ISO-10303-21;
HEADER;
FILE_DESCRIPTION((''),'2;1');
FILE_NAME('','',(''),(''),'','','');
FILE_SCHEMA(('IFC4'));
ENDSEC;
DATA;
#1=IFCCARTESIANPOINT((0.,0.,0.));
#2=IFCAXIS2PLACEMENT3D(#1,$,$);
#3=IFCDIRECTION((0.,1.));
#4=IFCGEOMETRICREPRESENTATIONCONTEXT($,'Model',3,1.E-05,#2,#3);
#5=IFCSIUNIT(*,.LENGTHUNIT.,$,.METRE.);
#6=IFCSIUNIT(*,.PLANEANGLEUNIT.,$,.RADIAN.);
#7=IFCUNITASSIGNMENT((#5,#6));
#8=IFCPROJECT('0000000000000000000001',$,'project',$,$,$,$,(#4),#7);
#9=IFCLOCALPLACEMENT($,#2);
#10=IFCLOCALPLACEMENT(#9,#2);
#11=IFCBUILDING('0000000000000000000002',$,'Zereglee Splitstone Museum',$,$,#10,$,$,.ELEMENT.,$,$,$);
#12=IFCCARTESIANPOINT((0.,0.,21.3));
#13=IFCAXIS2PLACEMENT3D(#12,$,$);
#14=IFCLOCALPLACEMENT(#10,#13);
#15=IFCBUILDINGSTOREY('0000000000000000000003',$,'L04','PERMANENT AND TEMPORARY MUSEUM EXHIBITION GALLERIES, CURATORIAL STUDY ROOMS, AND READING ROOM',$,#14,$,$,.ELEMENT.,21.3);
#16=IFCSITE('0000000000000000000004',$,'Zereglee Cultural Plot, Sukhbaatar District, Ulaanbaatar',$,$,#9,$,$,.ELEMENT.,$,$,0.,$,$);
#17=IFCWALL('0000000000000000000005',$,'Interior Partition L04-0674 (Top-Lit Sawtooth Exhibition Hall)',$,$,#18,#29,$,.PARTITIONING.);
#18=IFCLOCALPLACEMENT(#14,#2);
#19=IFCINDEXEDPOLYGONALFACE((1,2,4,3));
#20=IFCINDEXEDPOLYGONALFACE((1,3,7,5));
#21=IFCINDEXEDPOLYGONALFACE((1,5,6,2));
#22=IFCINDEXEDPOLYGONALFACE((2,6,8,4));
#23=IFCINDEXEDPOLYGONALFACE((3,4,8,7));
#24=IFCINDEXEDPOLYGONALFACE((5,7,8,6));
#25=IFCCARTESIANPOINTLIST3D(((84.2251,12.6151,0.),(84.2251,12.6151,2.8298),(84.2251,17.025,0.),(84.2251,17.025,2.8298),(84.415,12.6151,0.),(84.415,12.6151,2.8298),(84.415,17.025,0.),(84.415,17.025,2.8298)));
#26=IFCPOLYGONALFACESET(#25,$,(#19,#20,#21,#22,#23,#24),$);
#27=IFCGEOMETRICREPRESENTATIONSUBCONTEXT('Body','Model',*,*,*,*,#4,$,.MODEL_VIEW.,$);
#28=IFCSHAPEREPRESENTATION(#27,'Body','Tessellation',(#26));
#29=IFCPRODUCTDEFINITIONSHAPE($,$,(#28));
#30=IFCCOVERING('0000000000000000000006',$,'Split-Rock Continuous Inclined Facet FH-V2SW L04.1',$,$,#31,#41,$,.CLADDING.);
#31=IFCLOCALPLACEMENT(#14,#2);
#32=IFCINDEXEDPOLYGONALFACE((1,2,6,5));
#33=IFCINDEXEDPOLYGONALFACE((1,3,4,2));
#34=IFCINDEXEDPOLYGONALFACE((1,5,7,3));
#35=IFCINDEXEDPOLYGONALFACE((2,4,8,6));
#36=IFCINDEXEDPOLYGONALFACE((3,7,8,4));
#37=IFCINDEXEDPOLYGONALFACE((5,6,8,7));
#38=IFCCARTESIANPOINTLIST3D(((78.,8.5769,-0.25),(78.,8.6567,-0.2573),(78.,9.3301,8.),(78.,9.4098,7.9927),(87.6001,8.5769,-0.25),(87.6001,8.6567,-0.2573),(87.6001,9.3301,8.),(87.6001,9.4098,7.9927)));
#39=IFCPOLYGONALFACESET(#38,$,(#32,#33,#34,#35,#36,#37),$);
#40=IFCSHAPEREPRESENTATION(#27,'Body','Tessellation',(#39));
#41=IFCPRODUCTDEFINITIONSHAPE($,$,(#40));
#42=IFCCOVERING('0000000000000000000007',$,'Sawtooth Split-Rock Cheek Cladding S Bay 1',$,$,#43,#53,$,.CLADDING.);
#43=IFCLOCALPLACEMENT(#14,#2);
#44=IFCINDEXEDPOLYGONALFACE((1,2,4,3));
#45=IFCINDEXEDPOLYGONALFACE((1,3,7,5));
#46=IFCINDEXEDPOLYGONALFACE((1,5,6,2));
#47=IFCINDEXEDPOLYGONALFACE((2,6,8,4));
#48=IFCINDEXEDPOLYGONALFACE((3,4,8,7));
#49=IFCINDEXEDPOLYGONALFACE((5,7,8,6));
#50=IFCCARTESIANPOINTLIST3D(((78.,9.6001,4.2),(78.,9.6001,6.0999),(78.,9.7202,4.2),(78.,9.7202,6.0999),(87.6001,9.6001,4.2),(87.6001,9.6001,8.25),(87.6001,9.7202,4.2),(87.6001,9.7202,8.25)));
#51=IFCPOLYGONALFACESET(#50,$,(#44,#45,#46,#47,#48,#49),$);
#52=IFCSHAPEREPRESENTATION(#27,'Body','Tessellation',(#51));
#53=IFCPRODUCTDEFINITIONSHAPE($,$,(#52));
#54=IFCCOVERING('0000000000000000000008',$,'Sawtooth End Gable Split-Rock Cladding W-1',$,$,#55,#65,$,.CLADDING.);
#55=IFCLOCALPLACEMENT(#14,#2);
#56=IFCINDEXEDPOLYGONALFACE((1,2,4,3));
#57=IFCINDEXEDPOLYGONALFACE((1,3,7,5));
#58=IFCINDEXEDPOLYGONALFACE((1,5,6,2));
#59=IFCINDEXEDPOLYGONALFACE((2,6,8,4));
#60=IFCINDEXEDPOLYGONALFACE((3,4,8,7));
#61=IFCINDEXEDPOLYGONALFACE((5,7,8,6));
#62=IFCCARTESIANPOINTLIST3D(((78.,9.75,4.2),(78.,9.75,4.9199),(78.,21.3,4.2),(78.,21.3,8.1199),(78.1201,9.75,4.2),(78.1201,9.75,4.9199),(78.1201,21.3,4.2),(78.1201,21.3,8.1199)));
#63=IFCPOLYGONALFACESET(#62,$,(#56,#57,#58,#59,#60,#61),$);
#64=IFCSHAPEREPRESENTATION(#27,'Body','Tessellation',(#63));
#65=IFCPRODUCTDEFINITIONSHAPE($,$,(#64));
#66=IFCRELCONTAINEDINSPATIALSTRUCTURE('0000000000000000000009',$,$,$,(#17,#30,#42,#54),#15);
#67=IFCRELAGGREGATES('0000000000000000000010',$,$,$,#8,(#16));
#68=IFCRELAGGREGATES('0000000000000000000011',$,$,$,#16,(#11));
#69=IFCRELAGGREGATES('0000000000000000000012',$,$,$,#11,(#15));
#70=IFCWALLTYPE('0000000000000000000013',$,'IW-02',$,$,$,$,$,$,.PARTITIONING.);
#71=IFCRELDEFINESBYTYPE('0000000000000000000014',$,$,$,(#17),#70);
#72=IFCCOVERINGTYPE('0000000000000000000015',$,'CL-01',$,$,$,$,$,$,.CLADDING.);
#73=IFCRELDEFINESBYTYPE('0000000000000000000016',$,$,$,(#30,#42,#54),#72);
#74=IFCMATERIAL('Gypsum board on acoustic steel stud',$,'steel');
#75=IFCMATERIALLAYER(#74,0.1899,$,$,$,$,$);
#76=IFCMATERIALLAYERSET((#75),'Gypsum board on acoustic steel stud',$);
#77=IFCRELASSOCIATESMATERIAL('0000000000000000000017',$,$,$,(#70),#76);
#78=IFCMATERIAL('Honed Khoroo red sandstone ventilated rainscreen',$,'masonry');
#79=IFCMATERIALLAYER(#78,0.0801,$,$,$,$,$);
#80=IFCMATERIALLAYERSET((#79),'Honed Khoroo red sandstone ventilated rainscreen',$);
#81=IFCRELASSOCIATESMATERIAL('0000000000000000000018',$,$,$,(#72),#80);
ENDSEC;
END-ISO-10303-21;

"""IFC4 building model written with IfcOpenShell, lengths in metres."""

from ifc_helpers import new_model, si_unit, direction, frame, frame_2d, origin, place, context, subcontext, project, spatial, polyline, rectangle, outline, extrude, material, layer, layer_set, type_object, element, save


model = new_model("IFC4")

# Units and contexts
model_context = context("Model", 3, precision=1e-05, world=origin(), true_north=direction((0.0, 1.0)))
body_context = subcontext(model_context, "Body", "Model", "MODEL_VIEW")
ifc_project = project(units=[si_unit("LENGTHUNIT", "METRE"), si_unit("PLANEANGLEUNIT", "RADIAN")], contexts=[model_context])

# Site, building, storey
site_placement = place(None, origin())
site = spatial("IfcSite", under=ifc_project, at=site_placement, Name="Zereglee Cultural Plot, Sukhbaatar District, Ulaanbaatar", CompositionType="ELEMENT", RefElevation=0.0)
building_placement = place(site_placement, origin())
building = spatial("IfcBuilding", under=site, at=building_placement, Name="Zereglee Splitstone Museum", CompositionType="ELEMENT")
storey_placement = place(building_placement, frame((0.0, 0.0, 21.3)))
storey = spatial("IfcBuildingStorey", under=building, at=storey_placement, Name="L04", Description="PERMANENT AND TEMPORARY MUSEUM EXHIBITION GALLERIES, CURATORIAL STUDY ROOMS, AND READING ROOM", CompositionType="ELEMENT", Elevation=21.3)

# Wall
ifc_material_1 = material(Name="Gypsum board on acoustic steel stud", Category="steel")
ifc_layer_1 = layer(ifc_material_1, 0.1899)
ifc_layer_set_1 = layer_set([ifc_layer_1], Name="Gypsum board on acoustic steel stud")
wall_type = type_object("IfcWallType", Name="IW-02", PredefinedType="PARTITIONING", material=ifc_layer_set_1)
wall_1_placement = place(storey_placement, frame((84.3201, 12.615, 0.0), z_axis=(0.0, 0.0, 1.0), x_axis=(0.0, 1.0, 0.0)))
element("IfcWall", 1, at=wall_1_placement, inside=storey, type_object=wall_type, Name="Interior Partition L04-0674 (Top-Lit Sawtooth Exhibition Hall)", PredefinedType="PARTITIONING", context=body_context, shape_type="SweptSolid", body=[
    extrude(rectangle(XDim=4.4099, YDim=0.1899, at=frame_2d((2.2051, 0.0))), origin(), (0.0, 0.0, 1.0), 2.8298),
])

# Coverings
ifc_material_2 = material(Name="Honed Khoroo red sandstone ventilated rainscreen", Category="masonry")
ifc_layer_2 = layer(ifc_material_2, 0.0801)
ifc_layer_set_2 = layer_set([ifc_layer_2], Name="Honed Khoroo red sandstone ventilated rainscreen")
covering_type = type_object("IfcCoveringType", Name="CL-01", PredefinedType="CLADDING", material=ifc_layer_set_2)
covering_1_placement = place(storey_placement, frame((78.0, 8.5769, -0.25), z_axis=(0.0, -0.995859, 0.090916), x_axis=(1.0, 0.0, 0.0)))
element("IfcCovering", 2, at=covering_1_placement, inside=storey, type_object=covering_type, Name="Split-Rock Continuous Inclined Facet FH-V2SW L04.1", PredefinedType="CLADDING", context=body_context, shape_type="SweptSolid", body=[
    extrude(outline(polyline([(0.0, 0.0), (9.6001, 0.0), (9.6001, 8.2843), (0.0, 8.2843), (0.0, 0.0)])), origin(), (0.0, 0.0, -1.0), 0.0801),
])
covering_2_placement = place(storey_placement, frame((78.0, 9.6001, 4.2), z_axis=(0.0, -1.0, 0.0), x_axis=(1.0, 0.0, 0.0)))
element("IfcCovering", 3, at=covering_2_placement, inside=storey, type_object=covering_type, Name="Sawtooth Split-Rock Cheek Cladding S Bay 1", PredefinedType="CLADDING", context=body_context, shape_type="SweptSolid", body=[
    extrude(outline(polyline([(0.0, 0.0), (9.6001, 0.0), (9.6001, 4.05), (0.0, 1.8999), (0.0, 0.0)])), origin(), (0.0, 0.0, -1.0), 0.1201),
])
covering_3_placement = place(storey_placement, frame((78.0, 9.75, 4.9199), z_axis=(-1.0, 0.0, 0.0), x_axis=(0.0, 0.963698, 0.266993)))
element("IfcCovering", 4, at=covering_3_placement, inside=storey, type_object=covering_type, Name="Sawtooth End Gable Split-Rock Cladding W-1", PredefinedType="CLADDING", context=body_context, shape_type="SweptSolid", body=[
    extrude(outline(polyline([(0.0, 0.0), (11.9851, 0.0), (10.9385, 3.7776), (-0.1922, 0.6938), (0.0, 0.0)])), origin(), (0.0, 0.0, -1.0), 0.1201),
])

save(model, "model.ifc")
